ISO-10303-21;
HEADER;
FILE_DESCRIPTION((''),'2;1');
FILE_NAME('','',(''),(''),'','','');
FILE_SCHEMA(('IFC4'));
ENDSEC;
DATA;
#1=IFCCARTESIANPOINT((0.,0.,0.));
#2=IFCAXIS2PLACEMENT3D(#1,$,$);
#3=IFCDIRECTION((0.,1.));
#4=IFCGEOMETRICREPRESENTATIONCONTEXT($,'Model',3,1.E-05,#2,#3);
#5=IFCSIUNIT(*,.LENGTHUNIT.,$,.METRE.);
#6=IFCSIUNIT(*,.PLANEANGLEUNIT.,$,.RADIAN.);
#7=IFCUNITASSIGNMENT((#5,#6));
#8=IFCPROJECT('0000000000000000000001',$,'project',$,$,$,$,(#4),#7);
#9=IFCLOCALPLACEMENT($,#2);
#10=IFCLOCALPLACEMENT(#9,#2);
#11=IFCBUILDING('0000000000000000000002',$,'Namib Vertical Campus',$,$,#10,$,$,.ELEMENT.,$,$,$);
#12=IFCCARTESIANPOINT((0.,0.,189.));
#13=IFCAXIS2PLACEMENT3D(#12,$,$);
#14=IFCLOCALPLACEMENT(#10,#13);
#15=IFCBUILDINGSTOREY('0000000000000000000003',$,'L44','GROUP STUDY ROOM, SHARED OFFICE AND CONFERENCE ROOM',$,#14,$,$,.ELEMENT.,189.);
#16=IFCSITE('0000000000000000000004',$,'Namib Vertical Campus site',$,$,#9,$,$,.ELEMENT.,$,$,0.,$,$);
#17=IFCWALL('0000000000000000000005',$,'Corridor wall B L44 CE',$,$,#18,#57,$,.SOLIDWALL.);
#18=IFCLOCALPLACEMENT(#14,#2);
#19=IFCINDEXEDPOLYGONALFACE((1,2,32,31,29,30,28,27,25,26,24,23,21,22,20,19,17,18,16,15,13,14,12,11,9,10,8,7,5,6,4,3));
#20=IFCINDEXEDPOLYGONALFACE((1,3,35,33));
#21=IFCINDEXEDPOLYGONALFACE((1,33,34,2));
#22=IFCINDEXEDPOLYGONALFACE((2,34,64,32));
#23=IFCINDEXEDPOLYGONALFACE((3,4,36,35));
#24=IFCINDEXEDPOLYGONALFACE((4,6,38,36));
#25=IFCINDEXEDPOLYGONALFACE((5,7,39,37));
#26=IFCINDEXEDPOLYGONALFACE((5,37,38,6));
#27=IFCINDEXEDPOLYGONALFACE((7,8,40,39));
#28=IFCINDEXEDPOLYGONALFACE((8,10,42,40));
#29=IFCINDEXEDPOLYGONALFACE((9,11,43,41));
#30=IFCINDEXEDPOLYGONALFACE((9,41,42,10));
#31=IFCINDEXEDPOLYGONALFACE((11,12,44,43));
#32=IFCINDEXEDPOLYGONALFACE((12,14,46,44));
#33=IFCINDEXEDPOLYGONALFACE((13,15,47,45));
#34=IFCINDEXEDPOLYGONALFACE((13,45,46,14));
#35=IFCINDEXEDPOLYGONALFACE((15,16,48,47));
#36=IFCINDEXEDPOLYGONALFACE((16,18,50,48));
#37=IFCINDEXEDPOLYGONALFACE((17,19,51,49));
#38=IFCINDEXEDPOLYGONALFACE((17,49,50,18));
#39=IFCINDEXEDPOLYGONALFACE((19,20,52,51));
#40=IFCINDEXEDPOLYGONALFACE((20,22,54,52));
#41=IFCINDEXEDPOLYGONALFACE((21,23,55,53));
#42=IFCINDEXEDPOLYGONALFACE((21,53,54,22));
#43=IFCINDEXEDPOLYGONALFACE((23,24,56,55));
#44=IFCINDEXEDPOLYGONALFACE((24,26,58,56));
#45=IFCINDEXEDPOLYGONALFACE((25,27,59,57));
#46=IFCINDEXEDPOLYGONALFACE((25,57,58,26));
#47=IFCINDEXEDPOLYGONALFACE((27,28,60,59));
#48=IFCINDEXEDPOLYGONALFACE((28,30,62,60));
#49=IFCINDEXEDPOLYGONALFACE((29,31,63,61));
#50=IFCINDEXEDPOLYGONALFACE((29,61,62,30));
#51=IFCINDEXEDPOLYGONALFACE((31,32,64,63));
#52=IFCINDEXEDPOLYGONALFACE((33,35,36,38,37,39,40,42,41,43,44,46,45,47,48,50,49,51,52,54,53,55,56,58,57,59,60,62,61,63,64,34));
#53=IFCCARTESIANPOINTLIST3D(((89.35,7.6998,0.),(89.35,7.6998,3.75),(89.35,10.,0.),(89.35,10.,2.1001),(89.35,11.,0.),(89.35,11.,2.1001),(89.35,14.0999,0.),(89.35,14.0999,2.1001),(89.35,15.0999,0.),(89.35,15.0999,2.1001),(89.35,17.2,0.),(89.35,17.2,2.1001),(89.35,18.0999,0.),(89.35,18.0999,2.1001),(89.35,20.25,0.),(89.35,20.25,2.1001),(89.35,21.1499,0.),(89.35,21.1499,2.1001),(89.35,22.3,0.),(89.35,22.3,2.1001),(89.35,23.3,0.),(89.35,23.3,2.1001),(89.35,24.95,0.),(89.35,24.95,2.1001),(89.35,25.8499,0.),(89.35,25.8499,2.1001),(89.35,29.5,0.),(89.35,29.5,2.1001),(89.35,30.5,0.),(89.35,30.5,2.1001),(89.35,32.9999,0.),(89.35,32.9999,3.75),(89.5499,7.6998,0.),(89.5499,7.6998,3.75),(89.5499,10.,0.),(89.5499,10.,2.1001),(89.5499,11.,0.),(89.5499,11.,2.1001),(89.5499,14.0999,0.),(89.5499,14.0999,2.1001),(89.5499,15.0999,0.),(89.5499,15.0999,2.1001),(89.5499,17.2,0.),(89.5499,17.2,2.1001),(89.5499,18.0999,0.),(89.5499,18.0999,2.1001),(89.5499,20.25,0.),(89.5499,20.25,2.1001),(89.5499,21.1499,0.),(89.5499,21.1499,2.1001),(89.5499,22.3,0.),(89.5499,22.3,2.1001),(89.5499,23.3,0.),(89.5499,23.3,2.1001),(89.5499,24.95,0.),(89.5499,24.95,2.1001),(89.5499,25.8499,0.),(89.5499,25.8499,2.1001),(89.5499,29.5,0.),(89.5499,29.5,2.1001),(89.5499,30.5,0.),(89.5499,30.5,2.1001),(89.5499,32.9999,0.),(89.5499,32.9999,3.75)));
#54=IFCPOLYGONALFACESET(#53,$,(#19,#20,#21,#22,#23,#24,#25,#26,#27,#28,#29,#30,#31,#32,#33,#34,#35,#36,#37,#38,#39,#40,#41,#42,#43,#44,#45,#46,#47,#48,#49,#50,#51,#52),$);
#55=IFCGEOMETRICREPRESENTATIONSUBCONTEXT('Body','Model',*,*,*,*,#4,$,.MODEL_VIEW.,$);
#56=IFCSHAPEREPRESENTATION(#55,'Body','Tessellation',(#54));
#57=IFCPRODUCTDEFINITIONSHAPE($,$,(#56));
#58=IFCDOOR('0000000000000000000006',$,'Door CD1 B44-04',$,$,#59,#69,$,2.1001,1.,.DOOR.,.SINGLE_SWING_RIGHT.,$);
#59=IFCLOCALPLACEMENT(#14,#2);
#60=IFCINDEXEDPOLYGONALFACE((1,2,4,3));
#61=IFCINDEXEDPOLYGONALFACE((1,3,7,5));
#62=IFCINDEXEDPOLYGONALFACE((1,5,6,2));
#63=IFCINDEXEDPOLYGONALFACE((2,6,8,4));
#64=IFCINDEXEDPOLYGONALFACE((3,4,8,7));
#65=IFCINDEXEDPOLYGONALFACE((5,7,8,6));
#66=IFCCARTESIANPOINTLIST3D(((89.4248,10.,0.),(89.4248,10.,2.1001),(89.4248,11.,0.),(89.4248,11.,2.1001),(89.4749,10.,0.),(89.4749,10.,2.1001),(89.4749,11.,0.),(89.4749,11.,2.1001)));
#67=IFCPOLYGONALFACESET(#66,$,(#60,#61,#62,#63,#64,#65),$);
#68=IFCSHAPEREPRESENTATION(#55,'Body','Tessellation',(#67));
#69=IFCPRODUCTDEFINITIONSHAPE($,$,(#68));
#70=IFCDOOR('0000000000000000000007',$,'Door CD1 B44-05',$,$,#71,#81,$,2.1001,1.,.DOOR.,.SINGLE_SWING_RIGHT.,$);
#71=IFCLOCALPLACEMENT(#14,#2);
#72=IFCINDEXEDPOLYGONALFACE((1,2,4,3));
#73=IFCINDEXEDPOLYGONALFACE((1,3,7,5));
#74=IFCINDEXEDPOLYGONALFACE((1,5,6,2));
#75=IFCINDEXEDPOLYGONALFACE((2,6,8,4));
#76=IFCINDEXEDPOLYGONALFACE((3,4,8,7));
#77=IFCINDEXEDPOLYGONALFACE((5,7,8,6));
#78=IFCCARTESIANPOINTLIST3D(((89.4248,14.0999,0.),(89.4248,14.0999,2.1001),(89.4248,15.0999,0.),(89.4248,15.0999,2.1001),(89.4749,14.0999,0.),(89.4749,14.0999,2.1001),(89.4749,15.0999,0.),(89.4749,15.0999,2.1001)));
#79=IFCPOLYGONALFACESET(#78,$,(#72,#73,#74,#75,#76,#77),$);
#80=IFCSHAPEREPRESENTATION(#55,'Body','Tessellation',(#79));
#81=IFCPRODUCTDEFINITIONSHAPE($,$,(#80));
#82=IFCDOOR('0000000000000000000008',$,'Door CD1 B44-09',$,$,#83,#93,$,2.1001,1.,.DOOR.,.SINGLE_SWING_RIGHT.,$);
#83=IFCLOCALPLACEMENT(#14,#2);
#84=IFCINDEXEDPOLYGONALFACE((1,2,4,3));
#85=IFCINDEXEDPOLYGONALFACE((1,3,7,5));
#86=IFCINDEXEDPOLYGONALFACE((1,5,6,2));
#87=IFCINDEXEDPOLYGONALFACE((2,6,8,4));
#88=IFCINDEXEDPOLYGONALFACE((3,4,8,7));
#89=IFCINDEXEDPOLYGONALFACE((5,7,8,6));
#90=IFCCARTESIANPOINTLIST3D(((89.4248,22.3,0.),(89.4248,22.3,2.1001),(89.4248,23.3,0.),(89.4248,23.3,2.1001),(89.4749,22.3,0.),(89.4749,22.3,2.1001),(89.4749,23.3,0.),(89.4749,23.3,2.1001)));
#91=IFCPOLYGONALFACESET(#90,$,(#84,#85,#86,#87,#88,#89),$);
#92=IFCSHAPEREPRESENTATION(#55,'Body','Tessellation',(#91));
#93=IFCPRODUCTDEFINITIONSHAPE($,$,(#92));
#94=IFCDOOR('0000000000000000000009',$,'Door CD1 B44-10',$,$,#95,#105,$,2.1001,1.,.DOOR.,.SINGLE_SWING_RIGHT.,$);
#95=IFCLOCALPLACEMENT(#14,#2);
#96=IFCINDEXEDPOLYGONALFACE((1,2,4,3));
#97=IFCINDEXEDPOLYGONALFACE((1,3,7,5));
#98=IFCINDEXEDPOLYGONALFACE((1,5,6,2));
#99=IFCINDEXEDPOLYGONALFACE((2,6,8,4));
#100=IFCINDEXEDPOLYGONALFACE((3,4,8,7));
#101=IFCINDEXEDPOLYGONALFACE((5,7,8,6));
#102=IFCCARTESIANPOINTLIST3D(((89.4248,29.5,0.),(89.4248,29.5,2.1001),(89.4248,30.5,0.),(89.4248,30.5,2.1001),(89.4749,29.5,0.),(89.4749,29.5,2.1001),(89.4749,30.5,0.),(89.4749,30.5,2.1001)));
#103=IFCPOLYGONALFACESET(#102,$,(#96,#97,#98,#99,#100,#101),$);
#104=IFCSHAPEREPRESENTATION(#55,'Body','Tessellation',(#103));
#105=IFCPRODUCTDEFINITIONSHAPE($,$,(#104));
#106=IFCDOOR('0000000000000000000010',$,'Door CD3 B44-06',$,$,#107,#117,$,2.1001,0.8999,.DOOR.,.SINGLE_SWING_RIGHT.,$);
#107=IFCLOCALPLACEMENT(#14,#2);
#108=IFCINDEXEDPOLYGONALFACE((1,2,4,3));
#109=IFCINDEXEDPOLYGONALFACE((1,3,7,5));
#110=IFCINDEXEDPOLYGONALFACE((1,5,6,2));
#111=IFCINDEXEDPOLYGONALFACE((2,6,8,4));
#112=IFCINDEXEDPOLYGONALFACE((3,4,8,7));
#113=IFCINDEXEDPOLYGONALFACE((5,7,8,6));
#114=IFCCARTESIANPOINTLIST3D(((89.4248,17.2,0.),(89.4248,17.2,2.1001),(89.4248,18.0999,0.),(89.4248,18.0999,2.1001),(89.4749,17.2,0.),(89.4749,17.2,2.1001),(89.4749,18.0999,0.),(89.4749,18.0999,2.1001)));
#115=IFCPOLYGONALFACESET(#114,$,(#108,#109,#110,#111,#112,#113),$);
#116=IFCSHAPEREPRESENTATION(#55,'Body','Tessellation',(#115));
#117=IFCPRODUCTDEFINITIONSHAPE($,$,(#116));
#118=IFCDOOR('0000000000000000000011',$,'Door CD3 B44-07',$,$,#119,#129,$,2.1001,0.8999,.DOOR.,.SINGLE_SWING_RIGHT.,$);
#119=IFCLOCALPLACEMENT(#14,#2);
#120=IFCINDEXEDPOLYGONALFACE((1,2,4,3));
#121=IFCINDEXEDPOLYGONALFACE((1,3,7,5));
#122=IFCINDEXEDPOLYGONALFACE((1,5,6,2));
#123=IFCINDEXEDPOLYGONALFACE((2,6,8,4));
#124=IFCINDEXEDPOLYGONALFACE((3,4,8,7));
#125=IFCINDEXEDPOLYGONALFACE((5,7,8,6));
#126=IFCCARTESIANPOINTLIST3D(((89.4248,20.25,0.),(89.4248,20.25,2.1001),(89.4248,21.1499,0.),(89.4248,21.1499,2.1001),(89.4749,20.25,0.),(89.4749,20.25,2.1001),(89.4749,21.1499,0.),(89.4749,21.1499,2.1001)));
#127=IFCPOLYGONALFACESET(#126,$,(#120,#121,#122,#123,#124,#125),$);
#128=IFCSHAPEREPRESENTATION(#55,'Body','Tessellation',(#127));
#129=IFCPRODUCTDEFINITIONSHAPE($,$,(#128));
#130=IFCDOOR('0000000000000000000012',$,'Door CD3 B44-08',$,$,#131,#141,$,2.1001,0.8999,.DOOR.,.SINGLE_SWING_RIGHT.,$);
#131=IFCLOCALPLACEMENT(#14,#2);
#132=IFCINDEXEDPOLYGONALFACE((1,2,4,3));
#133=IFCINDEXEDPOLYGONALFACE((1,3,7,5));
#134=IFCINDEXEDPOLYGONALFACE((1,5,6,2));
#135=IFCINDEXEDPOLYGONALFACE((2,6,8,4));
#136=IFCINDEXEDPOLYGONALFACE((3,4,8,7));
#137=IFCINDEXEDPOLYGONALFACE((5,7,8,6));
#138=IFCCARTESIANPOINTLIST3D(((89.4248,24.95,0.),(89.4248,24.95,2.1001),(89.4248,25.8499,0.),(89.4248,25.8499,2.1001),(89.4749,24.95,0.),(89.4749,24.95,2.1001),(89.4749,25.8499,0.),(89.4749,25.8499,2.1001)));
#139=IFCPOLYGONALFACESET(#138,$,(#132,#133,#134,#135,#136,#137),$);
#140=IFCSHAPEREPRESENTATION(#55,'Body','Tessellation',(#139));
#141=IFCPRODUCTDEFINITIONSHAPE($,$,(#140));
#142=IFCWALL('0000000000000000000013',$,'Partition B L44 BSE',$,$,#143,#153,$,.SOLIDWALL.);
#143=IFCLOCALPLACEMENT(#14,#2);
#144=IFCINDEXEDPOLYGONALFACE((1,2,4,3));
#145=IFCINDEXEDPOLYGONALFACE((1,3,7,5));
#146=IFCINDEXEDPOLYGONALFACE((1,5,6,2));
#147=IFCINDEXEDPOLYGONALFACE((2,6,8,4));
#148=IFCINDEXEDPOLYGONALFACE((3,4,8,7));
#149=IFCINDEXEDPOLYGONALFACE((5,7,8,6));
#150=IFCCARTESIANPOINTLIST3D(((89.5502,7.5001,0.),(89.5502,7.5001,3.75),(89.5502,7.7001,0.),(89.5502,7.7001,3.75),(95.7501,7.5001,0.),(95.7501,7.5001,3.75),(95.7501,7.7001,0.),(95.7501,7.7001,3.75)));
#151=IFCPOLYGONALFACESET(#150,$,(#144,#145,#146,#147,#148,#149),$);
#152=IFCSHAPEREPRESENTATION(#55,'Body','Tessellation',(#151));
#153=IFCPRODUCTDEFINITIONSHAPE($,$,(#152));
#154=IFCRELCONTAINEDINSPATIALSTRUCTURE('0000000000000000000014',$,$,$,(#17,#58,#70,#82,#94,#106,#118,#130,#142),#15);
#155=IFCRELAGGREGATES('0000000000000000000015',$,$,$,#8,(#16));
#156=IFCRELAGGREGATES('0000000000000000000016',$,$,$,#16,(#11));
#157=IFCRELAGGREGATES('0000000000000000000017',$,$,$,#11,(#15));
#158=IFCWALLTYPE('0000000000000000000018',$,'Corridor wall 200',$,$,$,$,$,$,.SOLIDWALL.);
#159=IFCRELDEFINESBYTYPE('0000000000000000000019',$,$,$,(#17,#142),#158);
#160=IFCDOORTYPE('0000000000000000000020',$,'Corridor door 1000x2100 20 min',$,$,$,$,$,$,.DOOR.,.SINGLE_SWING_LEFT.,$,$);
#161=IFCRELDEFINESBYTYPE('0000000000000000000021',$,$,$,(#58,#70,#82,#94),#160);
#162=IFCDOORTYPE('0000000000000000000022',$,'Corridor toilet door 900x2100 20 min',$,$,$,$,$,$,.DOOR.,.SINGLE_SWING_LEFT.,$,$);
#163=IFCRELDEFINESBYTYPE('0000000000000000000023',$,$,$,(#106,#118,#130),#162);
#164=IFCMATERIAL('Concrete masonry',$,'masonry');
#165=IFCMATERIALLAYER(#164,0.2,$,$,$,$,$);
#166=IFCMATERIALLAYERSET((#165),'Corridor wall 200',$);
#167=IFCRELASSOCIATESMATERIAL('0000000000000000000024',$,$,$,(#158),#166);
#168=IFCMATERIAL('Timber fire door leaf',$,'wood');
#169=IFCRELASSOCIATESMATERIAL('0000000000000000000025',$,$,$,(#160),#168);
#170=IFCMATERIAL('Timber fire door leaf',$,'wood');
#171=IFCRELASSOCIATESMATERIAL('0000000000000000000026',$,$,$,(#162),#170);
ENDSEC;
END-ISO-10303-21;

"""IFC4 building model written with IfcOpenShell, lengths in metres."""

from ifc_helpers import new_model, si_unit, direction, frame, frame_2d, origin, place, context, subcontext, project, spatial, rectangle, extrude, material, layer, layer_set, type_object, element, fill, save


model = new_model("IFC4")

# Units and contexts
model_context = context("Model", 3, precision=1e-05, world=origin(), true_north=direction((0.0, 1.0)))
body_context = subcontext(model_context, "Body", "Model", "MODEL_VIEW")
ifc_project = project(units=[si_unit("LENGTHUNIT", "METRE"), si_unit("PLANEANGLEUNIT", "RADIAN")], contexts=[model_context])

# Site, building, storey
site_placement = place(None, origin())
site = spatial("IfcSite", under=ifc_project, at=site_placement, Name="Namib Vertical Campus site", CompositionType="ELEMENT", RefElevation=0.0)
building_placement = place(site_placement, origin())
building = spatial("IfcBuilding", under=site, at=building_placement, Name="Namib Vertical Campus", CompositionType="ELEMENT")
storey_placement = place(building_placement, frame((0.0, 0.0, 189.0)))
storey = spatial("IfcBuildingStorey", under=building, at=storey_placement, Name="L44", Description="GROUP STUDY ROOM, SHARED OFFICE AND CONFERENCE ROOM", CompositionType="ELEMENT", Elevation=189.0)

# Wall, openings, doors
ifc_material_1 = material(Name="Concrete masonry", Category="masonry")
ifc_layer_1 = layer(ifc_material_1, 0.2)
ifc_layer_set_1 = layer_set([ifc_layer_1], Name="Corridor wall 200")
wall_type_1 = type_object("IfcWallType", Name="Corridor wall 200", PredefinedType="SOLIDWALL", material=ifc_layer_set_1)
wall_1_placement = place(storey_placement, frame((89.45, 7.7, 0.0), z_axis=(0.0, 0.0, 1.0), x_axis=(0.0, 1.0, 0.0)))
wall_1 = element("IfcWall", 1, at=wall_1_placement, inside=storey, type_object=wall_type_1, Name="Corridor wall B L44 CE", PredefinedType="SOLIDWALL", context=body_context, shape_type="SweptSolid", body=[
    extrude(rectangle(XDim=25.3, YDim=0.2, at=frame_2d((12.6499, 0.0))), origin(), (0.0, 0.0, 1.0), 3.75),
])
opening_1_placement = place(wall_1_placement, frame((2.3, 0.0, 0.0)))
opening_1 = element("IfcOpeningElement", 2, at=opening_1_placement, cuts=wall_1, PredefinedType="OPENING", context=body_context, shape_type="SweptSolid", body=[
    extrude(rectangle(XDim=1.0, YDim=2.1001, at=frame_2d((0.5, 1.05))), frame((0.0, 0.1099, 0.0), z_axis=(0.0, -1.0, 0.0), x_axis=(1.0, 0.0, 0.0)), (0.0, 0.0, 1.0), 0.22),
])
opening_2_placement = place(wall_1_placement, frame((6.3999, 0.0, 0.0)))
opening_2 = element("IfcOpeningElement", 3, at=opening_2_placement, cuts=wall_1, PredefinedType="OPENING", context=body_context, shape_type="SweptSolid", body=[
    extrude(rectangle(XDim=1.0, YDim=2.1001, at=frame_2d((0.5, 1.05))), frame((0.0, 0.1099, 0.0), z_axis=(0.0, -1.0, 0.0), x_axis=(1.0, 0.0, 0.0)), (0.0, 0.0, 1.0), 0.22),
])
opening_3_placement = place(wall_1_placement, frame((9.5, 0.0, 0.0)))
opening_3 = element("IfcOpeningElement", 4, at=opening_3_placement, cuts=wall_1, PredefinedType="OPENING", context=body_context, shape_type="SweptSolid", body=[
    extrude(rectangle(XDim=0.8999, YDim=2.1001, at=frame_2d((0.45, 1.05))), frame((0.0, 0.1099, 0.0), z_axis=(0.0, -1.0, 0.0), x_axis=(1.0, 0.0, 0.0)), (0.0, 0.0, 1.0), 0.22),
])
opening_4_placement = place(wall_1_placement, frame((12.55, 0.0, 0.0)))
opening_4 = element("IfcOpeningElement", 5, at=opening_4_placement, cuts=wall_1, PredefinedType="OPENING", context=body_context, shape_type="SweptSolid", body=[
    extrude(rectangle(XDim=0.8999, YDim=2.1001, at=frame_2d((0.45, 1.05))), frame((0.0, 0.1099, 0.0), z_axis=(0.0, -1.0, 0.0), x_axis=(1.0, 0.0, 0.0)), (0.0, 0.0, 1.0), 0.22),
])
opening_5_placement = place(wall_1_placement, frame((17.25, 0.0, 0.0)))
opening_5 = element("IfcOpeningElement", 6, at=opening_5_placement, cuts=wall_1, PredefinedType="OPENING", context=body_context, shape_type="SweptSolid", body=[
    extrude(rectangle(XDim=0.8999, YDim=2.1001, at=frame_2d((0.45, 1.05))), frame((0.0, 0.1099, 0.0), z_axis=(0.0, -1.0, 0.0), x_axis=(1.0, 0.0, 0.0)), (0.0, 0.0, 1.0), 0.22),
])
opening_6_placement = place(wall_1_placement, frame((14.6001, 0.0, 0.0)))
opening_6 = element("IfcOpeningElement", 7, at=opening_6_placement, cuts=wall_1, PredefinedType="OPENING", context=body_context, shape_type="SweptSolid", body=[
    extrude(rectangle(XDim=1.0, YDim=2.1001, at=frame_2d((0.5, 1.05))), frame((0.0, 0.1099, 0.0), z_axis=(0.0, -1.0, 0.0), x_axis=(1.0, 0.0, 0.0)), (0.0, 0.0, 1.0), 0.22),
])
opening_7_placement = place(wall_1_placement, frame((21.8, 0.0, 0.0)))
opening_7 = element("IfcOpeningElement", 8, at=opening_7_placement, cuts=wall_1, PredefinedType="OPENING", context=body_context, shape_type="SweptSolid", body=[
    extrude(rectangle(XDim=1.0, YDim=2.1001, at=frame_2d((0.5, 1.05))), frame((0.0, 0.1099, 0.0), z_axis=(0.0, -1.0, 0.0), x_axis=(1.0, 0.0, 0.0)), (0.0, 0.0, 1.0), 0.22),
])
ifc_material_2 = material(Name="Timber fire door leaf", Category="wood")
door_type_1 = type_object("IfcDoorType", Name="Corridor door 1000x2100 20 min", OperationType="SINGLE_SWING_LEFT", PredefinedType="DOOR", material=ifc_material_2)
door_1_placement = place(opening_1_placement, frame((1.0, 0.0, 0.0), z_axis=(0.0, 0.0, 1.0), x_axis=(-1.0, 0.0, 0.0)))
door_1 = element("IfcDoor", 9, at=door_1_placement, inside=storey, type_object=door_type_1, Name="Door CD1 B44-04", OperationType="SINGLE_SWING_RIGHT", OverallHeight=2.1001, OverallWidth=1.0, PredefinedType="DOOR", context=body_context, shape_type="SweptSolid", body=[
    extrude(rectangle(XDim=1.0, YDim=2.1001, at=frame_2d((0.5, 1.05))), frame((0.0, 0.0249, 0.0), z_axis=(0.0, -1.0, 0.0), x_axis=(1.0, 0.0, 0.0)), (0.0, 0.0, 1.0), 0.05),
])
fill(opening_1, door_1)
door_2_placement = place(opening_2_placement, frame((1.0, 0.0, 0.0), z_axis=(0.0, 0.0, 1.0), x_axis=(-1.0, 0.0, 0.0)))
door_2 = element("IfcDoor", 10, at=door_2_placement, inside=storey, type_object=door_type_1, Name="Door CD1 B44-05", OperationType="SINGLE_SWING_RIGHT", OverallHeight=2.1001, OverallWidth=1.0, PredefinedType="DOOR", context=body_context, shape_type="SweptSolid", body=[
    extrude(rectangle(XDim=1.0, YDim=2.1001, at=frame_2d((0.5, 1.05))), frame((0.0, 0.0249, 0.0), z_axis=(0.0, -1.0, 0.0), x_axis=(1.0, 0.0, 0.0)), (0.0, 0.0, 1.0), 0.05),
])
fill(opening_2, door_2)
door_3_placement = place(opening_6_placement, frame((1.0, 0.0, 0.0), z_axis=(0.0, 0.0, 1.0), x_axis=(-1.0, 0.0, 0.0)))
door_3 = element("IfcDoor", 11, at=door_3_placement, inside=storey, type_object=door_type_1, Name="Door CD1 B44-09", OperationType="SINGLE_SWING_RIGHT", OverallHeight=2.1001, OverallWidth=1.0, PredefinedType="DOOR", context=body_context, shape_type="SweptSolid", body=[
    extrude(rectangle(XDim=1.0, YDim=2.1001, at=frame_2d((0.5, 1.05))), frame((0.0, 0.0249, 0.0), z_axis=(0.0, -1.0, 0.0), x_axis=(1.0, 0.0, 0.0)), (0.0, 0.0, 1.0), 0.05),
])
fill(opening_6, door_3)
door_4_placement = place(opening_7_placement, frame((1.0, 0.0, 0.0), z_axis=(0.0, 0.0, 1.0), x_axis=(-1.0, 0.0, 0.0)))
door_4 = element("IfcDoor", 12, at=door_4_placement, inside=storey, type_object=door_type_1, Name="Door CD1 B44-10", OperationType="SINGLE_SWING_RIGHT", OverallHeight=2.1001, OverallWidth=1.0, PredefinedType="DOOR", context=body_context, shape_type="SweptSolid", body=[
    extrude(rectangle(XDim=1.0, YDim=2.1001, at=frame_2d((0.5, 1.05))), frame((0.0, 0.0249, 0.0), z_axis=(0.0, -1.0, 0.0), x_axis=(1.0, 0.0, 0.0)), (0.0, 0.0, 1.0), 0.05),
])
fill(opening_7, door_4)
ifc_material_3 = material(Name="Timber fire door leaf", Category="wood")
door_type_2 = type_object("IfcDoorType", Name="Corridor toilet door 900x2100 20 min", OperationType="SINGLE_SWING_LEFT", PredefinedType="DOOR", material=ifc_material_3)
door_5_placement = place(opening_3_placement, frame((0.8999, 0.0, 0.0), z_axis=(0.0, 0.0, 1.0), x_axis=(-1.0, 0.0, 0.0)))
door_5 = element("IfcDoor", 13, at=door_5_placement, inside=storey, type_object=door_type_2, Name="Door CD3 B44-06", OperationType="SINGLE_SWING_RIGHT", OverallHeight=2.1001, OverallWidth=0.8999, PredefinedType="DOOR", context=body_context, shape_type="SweptSolid", body=[
    extrude(rectangle(XDim=0.8999, YDim=2.1001, at=frame_2d((0.45, 1.05))), frame((0.0, 0.0249, 0.0), z_axis=(0.0, -1.0, 0.0), x_axis=(1.0, 0.0, 0.0)), (0.0, 0.0, 1.0), 0.05),
])
fill(opening_3, door_5)
door_6_placement = place(opening_4_placement, frame((0.8999, 0.0, 0.0), z_axis=(0.0, 0.0, 1.0), x_axis=(-1.0, 0.0, 0.0)))
door_6 = element("IfcDoor", 14, at=door_6_placement, inside=storey, type_object=door_type_2, Name="Door CD3 B44-07", OperationType="SINGLE_SWING_RIGHT", OverallHeight=2.1001, OverallWidth=0.8999, PredefinedType="DOOR", context=body_context, shape_type="SweptSolid", body=[
    extrude(rectangle(XDim=0.8999, YDim=2.1001, at=frame_2d((0.45, 1.05))), frame((0.0, 0.0249, 0.0), z_axis=(0.0, -1.0, 0.0), x_axis=(1.0, 0.0, 0.0)), (0.0, 0.0, 1.0), 0.05),
])
fill(opening_4, door_6)
door_7_placement = place(opening_5_placement, frame((0.8999, 0.0, 0.0), z_axis=(0.0, 0.0, 1.0), x_axis=(-1.0, 0.0, 0.0)))
door_7 = element("IfcDoor", 15, at=door_7_placement, inside=storey, type_object=door_type_2, Name="Door CD3 B44-08", OperationType="SINGLE_SWING_RIGHT", OverallHeight=2.1001, OverallWidth=0.8999, PredefinedType="DOOR", context=body_context, shape_type="SweptSolid", body=[
    extrude(rectangle(XDim=0.8999, YDim=2.1001, at=frame_2d((0.45, 1.05))), frame((0.0, 0.0249, 0.0), z_axis=(0.0, -1.0, 0.0), x_axis=(1.0, 0.0, 0.0)), (0.0, 0.0, 1.0), 0.05),
])
fill(opening_5, door_7)

# Wall
wall_2_placement = place(storey_placement, frame((89.55, 7.6001, 0.0), z_axis=(0.0, 0.0, 1.0), x_axis=(1.0, 0.0, 0.0)))
element("IfcWall", 16, at=wall_2_placement, inside=storey, type_object=wall_type_1, Name="Partition B L44 BSE", PredefinedType="SOLIDWALL", context=body_context, shape_type="SweptSolid", body=[
    extrude(rectangle(XDim=6.2, YDim=0.2, at=frame_2d((3.1001, 0.0))), origin(), (0.0, 0.0, 1.0), 3.75),
])

save(model, "model.ifc")
